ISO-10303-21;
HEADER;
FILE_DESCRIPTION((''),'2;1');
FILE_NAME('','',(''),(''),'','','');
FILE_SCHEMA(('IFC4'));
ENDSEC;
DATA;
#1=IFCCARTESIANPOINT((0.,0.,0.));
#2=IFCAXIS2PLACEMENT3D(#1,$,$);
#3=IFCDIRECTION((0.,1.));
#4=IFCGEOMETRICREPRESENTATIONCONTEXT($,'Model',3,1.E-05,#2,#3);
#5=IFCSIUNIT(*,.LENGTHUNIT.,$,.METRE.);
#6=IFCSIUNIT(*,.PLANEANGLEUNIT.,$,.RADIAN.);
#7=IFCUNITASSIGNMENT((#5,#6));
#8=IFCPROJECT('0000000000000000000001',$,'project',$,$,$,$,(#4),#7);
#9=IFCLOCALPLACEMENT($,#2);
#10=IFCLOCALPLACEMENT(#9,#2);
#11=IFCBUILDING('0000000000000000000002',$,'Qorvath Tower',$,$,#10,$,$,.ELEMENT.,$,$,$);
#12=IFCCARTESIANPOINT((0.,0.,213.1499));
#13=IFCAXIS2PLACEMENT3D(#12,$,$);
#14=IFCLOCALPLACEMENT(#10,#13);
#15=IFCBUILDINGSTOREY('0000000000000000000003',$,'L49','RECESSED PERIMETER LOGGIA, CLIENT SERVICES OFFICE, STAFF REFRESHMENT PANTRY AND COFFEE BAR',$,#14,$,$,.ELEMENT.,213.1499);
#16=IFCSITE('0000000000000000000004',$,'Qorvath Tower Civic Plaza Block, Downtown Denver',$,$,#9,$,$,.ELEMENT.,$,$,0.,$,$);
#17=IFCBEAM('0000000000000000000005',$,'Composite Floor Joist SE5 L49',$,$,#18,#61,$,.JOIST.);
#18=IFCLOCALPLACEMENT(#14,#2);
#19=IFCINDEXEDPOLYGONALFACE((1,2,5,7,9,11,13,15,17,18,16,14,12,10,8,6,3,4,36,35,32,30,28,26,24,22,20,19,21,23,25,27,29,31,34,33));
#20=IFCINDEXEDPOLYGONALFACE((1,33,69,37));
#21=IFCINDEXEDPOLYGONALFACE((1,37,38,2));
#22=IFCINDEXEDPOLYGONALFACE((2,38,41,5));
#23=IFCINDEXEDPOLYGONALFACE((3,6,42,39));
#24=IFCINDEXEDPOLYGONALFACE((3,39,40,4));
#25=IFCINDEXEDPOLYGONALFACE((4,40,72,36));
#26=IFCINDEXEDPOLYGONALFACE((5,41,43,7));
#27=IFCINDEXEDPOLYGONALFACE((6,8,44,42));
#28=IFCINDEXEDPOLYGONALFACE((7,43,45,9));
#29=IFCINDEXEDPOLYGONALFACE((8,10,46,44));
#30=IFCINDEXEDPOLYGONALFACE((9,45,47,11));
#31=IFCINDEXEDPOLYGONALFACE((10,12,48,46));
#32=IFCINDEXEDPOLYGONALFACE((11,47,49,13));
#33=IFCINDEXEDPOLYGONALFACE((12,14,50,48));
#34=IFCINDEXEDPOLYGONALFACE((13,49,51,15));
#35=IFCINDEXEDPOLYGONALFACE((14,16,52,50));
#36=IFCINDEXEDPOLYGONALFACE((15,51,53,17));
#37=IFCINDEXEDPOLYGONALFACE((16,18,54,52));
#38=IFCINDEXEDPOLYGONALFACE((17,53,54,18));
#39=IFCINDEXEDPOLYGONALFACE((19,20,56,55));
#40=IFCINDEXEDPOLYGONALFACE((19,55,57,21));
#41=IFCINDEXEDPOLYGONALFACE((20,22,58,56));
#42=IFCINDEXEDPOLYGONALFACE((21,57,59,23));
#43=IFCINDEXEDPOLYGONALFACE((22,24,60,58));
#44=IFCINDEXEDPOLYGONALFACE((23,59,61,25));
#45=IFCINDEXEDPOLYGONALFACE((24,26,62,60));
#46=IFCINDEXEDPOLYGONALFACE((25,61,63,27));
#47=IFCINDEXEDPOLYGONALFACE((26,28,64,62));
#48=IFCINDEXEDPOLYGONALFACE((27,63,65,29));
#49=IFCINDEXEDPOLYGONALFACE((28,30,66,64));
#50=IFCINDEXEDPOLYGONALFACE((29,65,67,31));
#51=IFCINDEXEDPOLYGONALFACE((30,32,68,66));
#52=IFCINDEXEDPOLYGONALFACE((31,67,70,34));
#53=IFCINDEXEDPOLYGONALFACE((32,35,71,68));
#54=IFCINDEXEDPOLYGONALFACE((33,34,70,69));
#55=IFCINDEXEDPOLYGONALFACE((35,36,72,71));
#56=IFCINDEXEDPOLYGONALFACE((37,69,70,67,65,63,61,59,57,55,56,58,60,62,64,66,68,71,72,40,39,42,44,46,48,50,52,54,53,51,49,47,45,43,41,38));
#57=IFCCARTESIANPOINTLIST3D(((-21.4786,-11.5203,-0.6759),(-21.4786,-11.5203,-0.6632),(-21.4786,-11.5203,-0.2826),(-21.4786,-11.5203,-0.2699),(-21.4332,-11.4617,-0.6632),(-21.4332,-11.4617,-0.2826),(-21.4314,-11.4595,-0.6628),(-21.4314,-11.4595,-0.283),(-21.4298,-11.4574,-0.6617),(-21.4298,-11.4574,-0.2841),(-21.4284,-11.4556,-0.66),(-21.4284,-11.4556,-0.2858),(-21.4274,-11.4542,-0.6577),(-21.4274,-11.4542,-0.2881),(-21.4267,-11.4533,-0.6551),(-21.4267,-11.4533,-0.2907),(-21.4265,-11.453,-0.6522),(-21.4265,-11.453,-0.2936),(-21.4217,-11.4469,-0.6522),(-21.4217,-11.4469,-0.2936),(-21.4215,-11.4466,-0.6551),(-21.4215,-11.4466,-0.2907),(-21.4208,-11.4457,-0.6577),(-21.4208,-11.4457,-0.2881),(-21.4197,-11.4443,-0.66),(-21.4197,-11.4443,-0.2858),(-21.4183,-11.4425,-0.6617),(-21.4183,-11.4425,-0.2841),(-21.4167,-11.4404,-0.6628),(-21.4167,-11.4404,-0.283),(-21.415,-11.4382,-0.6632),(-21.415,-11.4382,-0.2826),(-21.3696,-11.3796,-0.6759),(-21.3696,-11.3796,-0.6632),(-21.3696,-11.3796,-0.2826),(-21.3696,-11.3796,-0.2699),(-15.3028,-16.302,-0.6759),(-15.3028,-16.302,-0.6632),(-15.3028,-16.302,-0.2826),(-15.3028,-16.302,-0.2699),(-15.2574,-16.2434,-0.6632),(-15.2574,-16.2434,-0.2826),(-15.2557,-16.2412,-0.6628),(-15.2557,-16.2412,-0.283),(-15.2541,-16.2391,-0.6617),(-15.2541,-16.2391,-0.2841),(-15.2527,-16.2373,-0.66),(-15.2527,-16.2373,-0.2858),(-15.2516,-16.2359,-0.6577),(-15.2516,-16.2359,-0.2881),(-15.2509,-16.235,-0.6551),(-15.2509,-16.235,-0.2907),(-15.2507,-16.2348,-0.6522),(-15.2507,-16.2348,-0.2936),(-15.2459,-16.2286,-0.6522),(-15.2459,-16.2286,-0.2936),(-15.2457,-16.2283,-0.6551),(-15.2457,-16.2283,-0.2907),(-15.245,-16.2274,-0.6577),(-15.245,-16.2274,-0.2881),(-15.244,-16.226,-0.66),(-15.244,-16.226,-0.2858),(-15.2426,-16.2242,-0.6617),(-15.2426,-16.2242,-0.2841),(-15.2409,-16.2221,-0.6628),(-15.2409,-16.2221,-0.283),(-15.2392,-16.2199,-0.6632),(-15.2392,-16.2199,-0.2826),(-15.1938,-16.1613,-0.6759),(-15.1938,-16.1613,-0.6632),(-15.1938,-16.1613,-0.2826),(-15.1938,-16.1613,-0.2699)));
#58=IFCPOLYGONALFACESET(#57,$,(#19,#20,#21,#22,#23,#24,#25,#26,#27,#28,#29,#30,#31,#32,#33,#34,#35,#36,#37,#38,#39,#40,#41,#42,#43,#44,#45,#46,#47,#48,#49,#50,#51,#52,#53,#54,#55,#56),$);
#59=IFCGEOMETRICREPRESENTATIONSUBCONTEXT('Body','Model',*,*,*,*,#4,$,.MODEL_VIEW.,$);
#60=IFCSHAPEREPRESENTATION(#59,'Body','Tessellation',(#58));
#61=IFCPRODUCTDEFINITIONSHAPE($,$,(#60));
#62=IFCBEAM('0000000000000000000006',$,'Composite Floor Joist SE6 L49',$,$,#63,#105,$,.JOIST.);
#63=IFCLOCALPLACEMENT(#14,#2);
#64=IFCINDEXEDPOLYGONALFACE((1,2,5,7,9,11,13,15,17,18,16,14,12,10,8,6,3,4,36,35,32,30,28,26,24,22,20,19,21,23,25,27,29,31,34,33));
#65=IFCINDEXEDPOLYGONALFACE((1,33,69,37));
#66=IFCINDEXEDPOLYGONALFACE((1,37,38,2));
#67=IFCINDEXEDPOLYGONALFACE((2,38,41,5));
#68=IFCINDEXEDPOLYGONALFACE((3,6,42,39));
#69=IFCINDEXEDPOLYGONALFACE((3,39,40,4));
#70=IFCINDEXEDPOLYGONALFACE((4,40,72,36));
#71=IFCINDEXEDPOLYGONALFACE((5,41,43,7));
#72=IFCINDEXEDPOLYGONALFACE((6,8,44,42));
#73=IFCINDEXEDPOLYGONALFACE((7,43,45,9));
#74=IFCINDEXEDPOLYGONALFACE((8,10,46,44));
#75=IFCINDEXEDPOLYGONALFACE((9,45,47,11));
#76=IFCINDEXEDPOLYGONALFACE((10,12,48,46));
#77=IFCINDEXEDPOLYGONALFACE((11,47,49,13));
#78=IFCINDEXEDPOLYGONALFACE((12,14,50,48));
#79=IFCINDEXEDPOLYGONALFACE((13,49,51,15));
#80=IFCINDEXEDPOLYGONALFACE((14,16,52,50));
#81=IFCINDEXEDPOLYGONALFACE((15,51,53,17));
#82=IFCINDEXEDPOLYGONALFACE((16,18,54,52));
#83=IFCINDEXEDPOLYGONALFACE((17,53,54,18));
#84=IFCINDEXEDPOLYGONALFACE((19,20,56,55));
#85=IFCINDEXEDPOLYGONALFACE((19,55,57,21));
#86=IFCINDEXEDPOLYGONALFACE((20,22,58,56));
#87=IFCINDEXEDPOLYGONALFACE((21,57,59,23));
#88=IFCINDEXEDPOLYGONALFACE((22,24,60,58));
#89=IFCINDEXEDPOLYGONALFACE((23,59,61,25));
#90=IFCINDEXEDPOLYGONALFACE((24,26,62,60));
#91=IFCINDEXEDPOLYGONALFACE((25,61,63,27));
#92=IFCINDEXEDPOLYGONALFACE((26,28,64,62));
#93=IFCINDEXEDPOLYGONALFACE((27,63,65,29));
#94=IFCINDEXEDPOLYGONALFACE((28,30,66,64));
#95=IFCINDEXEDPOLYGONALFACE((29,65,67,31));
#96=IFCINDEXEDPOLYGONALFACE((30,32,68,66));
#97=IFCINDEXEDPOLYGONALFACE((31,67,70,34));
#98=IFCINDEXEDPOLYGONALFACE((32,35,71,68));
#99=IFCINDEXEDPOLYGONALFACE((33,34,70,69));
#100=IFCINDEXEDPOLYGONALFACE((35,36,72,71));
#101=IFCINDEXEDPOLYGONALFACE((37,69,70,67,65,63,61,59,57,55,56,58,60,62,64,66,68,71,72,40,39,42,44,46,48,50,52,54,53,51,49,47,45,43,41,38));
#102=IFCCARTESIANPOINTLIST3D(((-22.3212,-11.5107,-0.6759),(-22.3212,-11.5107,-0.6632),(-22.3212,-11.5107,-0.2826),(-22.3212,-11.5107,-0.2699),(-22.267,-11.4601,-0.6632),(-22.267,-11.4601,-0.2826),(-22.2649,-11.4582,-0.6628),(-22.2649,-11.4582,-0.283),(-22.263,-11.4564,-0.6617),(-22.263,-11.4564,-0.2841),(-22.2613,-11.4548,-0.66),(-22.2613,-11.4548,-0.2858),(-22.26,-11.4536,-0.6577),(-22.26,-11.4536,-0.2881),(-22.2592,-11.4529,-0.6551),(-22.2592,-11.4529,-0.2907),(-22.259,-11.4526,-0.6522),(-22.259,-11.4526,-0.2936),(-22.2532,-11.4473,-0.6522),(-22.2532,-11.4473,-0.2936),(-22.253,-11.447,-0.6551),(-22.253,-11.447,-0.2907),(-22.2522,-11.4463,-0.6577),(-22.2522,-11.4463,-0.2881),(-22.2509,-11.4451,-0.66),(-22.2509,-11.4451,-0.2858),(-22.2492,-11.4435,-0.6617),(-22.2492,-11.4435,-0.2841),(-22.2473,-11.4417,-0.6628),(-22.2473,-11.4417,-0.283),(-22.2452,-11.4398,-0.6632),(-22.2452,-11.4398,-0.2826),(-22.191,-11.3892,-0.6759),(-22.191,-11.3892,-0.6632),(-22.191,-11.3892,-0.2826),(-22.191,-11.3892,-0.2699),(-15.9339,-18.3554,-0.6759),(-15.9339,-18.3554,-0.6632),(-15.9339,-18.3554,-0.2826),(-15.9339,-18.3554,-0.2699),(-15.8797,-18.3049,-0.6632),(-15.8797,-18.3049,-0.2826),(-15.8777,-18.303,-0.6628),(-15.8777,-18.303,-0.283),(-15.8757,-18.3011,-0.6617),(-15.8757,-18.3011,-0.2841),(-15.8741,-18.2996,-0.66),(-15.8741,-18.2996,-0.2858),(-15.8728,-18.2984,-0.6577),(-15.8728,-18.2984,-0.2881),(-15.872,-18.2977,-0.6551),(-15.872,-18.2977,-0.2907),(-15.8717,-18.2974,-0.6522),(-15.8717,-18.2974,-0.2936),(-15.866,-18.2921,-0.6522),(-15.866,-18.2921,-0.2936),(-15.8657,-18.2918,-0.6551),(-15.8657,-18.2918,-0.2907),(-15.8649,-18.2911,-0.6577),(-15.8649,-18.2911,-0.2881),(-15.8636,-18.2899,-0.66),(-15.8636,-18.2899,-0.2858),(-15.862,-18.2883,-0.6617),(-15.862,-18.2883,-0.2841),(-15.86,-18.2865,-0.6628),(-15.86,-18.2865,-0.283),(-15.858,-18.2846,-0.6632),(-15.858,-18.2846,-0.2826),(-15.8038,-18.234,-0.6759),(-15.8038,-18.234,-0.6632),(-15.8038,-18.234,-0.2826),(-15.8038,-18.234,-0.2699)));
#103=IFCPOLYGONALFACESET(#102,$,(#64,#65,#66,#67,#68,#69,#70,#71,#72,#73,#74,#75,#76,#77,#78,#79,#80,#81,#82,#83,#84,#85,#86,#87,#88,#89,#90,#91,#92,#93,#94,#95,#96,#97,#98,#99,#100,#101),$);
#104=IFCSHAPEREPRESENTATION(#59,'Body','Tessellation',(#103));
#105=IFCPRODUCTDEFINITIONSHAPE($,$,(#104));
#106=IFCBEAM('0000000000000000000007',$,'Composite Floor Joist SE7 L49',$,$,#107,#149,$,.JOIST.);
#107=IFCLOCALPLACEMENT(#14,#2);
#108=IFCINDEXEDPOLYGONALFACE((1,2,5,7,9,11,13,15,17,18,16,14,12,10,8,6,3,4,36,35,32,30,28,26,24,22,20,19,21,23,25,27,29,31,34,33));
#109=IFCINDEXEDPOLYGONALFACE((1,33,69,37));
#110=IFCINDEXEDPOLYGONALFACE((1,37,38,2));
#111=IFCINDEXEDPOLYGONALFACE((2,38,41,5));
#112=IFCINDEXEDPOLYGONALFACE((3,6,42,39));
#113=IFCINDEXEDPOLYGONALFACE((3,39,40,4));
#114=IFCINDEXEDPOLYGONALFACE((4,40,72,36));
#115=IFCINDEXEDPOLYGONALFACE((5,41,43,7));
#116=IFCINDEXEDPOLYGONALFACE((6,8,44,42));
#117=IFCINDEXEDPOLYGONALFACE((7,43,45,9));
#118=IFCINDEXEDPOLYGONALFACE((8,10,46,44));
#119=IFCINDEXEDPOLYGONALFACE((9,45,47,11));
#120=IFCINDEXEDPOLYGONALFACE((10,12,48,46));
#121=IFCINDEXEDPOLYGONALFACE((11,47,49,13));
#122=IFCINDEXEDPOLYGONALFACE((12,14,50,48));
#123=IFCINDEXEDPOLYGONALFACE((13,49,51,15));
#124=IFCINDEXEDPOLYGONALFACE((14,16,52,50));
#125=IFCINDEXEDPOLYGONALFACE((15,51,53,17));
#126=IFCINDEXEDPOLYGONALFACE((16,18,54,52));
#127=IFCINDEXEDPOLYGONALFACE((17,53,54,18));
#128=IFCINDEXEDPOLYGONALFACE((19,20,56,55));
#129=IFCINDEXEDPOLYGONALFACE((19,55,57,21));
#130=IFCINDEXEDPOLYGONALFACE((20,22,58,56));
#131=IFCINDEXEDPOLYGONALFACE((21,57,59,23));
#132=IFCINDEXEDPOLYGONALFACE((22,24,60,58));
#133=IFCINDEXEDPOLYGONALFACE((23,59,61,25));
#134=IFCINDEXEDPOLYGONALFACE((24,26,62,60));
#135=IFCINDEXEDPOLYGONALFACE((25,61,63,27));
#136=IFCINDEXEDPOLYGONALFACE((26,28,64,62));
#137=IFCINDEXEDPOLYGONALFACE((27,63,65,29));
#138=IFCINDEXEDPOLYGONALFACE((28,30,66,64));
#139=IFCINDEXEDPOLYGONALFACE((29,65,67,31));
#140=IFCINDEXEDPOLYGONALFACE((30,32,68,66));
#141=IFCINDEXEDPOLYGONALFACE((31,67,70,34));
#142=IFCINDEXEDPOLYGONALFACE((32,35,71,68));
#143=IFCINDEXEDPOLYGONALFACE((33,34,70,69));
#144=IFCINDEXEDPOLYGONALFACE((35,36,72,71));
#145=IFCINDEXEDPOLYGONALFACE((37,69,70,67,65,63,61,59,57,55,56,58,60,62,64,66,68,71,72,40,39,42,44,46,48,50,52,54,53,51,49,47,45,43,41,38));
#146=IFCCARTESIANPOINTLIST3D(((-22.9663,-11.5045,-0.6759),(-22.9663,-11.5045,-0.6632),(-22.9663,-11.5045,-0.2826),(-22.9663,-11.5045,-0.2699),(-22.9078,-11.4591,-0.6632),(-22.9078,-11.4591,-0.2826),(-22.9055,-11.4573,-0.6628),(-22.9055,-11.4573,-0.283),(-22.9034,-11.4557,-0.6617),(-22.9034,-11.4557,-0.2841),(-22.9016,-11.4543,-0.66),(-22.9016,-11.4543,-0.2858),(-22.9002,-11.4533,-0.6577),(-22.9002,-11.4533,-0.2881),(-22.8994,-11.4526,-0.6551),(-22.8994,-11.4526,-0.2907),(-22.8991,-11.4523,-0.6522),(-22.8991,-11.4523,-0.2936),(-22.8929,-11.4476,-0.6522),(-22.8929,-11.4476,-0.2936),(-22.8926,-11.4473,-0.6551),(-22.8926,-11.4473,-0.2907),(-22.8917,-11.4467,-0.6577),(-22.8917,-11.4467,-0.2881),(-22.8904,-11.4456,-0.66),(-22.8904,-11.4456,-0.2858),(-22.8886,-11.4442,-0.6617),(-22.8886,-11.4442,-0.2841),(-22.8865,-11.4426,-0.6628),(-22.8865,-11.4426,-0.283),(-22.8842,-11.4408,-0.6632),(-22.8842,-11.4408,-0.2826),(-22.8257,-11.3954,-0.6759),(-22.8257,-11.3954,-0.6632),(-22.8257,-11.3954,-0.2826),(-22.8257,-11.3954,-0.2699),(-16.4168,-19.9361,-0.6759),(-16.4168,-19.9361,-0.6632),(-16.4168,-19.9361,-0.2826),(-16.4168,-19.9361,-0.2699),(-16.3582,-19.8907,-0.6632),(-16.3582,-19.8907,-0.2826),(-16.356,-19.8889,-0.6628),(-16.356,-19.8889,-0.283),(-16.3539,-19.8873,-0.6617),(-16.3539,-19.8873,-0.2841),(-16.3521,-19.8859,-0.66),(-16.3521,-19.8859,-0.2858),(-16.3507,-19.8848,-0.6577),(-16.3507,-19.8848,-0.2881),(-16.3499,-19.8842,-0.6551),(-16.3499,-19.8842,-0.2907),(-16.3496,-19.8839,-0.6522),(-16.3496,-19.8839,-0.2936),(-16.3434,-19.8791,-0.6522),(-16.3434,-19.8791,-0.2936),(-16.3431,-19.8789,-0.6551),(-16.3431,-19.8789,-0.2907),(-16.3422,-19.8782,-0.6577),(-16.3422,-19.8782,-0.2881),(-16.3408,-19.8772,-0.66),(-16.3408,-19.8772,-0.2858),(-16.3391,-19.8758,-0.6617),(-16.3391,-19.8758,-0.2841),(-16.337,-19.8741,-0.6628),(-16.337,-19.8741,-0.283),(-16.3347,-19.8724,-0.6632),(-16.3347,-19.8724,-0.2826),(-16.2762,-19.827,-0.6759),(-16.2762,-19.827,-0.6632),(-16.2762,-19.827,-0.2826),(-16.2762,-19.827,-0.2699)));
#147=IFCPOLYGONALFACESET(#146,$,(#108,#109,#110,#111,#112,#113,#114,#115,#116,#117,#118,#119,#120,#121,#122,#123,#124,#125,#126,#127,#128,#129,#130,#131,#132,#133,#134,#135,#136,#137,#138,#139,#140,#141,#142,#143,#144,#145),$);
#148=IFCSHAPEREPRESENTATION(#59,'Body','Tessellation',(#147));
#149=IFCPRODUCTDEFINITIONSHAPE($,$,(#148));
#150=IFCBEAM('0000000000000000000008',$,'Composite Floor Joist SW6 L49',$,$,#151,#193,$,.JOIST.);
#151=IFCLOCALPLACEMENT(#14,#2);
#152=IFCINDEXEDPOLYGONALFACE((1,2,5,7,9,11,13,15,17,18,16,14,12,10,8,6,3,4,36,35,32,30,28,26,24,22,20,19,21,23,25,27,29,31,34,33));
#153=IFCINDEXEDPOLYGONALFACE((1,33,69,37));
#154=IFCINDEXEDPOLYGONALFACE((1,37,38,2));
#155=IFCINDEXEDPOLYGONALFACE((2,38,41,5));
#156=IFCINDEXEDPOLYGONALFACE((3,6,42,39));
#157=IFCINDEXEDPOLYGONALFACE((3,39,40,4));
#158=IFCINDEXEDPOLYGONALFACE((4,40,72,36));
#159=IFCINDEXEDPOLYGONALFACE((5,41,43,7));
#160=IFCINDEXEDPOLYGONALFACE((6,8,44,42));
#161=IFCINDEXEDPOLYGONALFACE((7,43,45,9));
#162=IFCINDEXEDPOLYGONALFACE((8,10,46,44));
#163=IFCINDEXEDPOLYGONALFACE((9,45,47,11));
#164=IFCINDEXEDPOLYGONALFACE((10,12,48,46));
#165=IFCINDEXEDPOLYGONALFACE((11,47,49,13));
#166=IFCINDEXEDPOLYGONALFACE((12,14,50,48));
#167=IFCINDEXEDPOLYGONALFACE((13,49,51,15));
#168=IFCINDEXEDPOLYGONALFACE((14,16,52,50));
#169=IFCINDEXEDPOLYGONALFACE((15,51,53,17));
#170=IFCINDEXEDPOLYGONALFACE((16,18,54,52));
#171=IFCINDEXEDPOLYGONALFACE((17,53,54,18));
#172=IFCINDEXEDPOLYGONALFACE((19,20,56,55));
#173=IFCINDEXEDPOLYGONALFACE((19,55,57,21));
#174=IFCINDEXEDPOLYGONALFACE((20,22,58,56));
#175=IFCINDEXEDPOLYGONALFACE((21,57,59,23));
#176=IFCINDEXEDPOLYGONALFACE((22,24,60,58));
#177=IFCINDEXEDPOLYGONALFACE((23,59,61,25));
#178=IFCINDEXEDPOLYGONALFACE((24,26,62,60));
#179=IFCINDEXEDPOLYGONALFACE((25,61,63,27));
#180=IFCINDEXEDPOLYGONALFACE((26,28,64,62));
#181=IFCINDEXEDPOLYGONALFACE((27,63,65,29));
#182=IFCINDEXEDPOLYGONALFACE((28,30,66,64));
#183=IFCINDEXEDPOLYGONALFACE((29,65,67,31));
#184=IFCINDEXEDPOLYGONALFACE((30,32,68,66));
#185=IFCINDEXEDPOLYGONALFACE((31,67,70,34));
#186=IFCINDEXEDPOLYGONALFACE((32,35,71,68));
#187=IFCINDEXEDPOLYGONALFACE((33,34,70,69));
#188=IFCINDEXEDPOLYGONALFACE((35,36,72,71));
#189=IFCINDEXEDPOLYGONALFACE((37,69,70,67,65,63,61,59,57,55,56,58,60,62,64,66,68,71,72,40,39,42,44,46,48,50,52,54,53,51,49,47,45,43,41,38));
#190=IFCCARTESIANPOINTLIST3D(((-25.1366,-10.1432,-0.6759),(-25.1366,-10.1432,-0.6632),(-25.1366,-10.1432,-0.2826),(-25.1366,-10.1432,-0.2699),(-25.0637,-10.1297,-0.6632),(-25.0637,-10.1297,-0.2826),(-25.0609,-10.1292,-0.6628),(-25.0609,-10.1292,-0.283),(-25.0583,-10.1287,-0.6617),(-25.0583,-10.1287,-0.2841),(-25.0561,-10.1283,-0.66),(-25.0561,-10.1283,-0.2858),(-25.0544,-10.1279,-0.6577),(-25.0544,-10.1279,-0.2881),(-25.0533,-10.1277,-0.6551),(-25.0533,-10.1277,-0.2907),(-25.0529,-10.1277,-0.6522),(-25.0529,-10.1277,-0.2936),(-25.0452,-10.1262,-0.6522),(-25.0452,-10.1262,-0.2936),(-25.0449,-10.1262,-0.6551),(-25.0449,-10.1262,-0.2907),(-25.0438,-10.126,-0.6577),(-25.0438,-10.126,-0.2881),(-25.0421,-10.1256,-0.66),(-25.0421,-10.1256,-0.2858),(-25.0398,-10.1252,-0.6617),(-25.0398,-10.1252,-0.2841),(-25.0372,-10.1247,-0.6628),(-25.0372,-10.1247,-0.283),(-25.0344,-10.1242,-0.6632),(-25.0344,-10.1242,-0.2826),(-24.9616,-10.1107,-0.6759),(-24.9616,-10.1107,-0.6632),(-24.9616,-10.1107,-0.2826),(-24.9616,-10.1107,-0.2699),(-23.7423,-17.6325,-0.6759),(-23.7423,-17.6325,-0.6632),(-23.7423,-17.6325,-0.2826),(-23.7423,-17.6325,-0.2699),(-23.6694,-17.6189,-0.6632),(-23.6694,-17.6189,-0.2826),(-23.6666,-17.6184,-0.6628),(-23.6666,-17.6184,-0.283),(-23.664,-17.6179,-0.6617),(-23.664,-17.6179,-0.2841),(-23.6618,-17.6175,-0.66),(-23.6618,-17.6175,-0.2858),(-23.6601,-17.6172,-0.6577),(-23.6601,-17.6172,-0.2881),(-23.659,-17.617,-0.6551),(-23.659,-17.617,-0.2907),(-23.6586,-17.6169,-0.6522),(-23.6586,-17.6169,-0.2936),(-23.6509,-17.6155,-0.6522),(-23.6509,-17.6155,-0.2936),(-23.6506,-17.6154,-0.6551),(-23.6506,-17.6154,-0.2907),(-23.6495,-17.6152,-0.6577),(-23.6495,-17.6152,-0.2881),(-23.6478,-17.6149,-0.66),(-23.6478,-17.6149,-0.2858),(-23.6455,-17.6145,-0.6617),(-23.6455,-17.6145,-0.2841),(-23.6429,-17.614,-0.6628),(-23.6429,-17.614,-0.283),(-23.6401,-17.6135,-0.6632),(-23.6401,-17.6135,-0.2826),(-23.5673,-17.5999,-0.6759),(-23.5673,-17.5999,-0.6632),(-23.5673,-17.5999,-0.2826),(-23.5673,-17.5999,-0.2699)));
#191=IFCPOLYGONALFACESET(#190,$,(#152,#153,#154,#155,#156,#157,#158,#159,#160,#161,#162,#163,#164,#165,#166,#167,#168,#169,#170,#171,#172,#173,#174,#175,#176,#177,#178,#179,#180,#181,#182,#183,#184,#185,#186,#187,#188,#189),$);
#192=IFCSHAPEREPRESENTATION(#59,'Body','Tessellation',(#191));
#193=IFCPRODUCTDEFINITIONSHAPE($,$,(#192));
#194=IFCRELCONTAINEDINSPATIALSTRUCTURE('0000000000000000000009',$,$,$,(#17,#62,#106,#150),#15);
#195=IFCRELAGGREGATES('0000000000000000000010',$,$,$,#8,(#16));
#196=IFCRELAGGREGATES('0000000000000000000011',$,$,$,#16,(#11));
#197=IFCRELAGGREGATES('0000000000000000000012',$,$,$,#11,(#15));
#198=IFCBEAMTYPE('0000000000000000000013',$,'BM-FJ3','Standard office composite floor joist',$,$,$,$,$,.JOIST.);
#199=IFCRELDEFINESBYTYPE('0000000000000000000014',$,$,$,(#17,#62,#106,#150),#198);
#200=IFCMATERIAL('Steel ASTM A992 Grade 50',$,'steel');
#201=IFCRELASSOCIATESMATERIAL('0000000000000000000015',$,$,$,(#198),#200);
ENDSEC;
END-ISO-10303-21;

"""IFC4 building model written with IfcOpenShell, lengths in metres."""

from ifc_helpers import new_model, si_unit, direction, frame, origin, origin_2d, place, context, subcontext, project, spatial, i_section, extrude, material, material_profile, profile_set, type_object, element, save


model = new_model("IFC4")

# Units and contexts
model_context = context("Model", 3, precision=1e-05, world=origin(), true_north=direction((0.0, 1.0)))
body_context = subcontext(model_context, "Body", "Model", "MODEL_VIEW")
ifc_project = project(units=[si_unit("LENGTHUNIT", "METRE"), si_unit("PLANEANGLEUNIT", "RADIAN")], contexts=[model_context])

# Site, building, storey
site_placement = place(None, origin())
site = spatial("IfcSite", under=ifc_project, at=site_placement, Name="Qorvath Tower Civic Plaza Block, Downtown Denver", CompositionType="ELEMENT", RefElevation=0.0)
building_placement = place(site_placement, origin())
building = spatial("IfcBuilding", under=site, at=building_placement, Name="Qorvath Tower", CompositionType="ELEMENT")
storey_placement = place(building_placement, frame((0.0, 0.0, 213.1499)))
storey = spatial("IfcBuildingStorey", under=building, at=storey_placement, Name="L49", Description="RECESSED PERIMETER LOGGIA, CLIENT SERVICES OFFICE, STAFF REFRESHMENT PANTRY AND COFFEE BAR", CompositionType="ELEMENT", Elevation=213.1499)

# Beams
ifc_material_1 = material(Name="Steel ASTM A992 Grade 50", Category="steel")
ifc_material_profile_1 = material_profile(ifc_material_1, i_section(OverallWidth=0.178, OverallDepth=0.406, WebThickness=0.0078, FlangeThickness=0.0127, FilletRadius=0.011, at=origin_2d()), Name="W16x40")
ifc_profile_set_1 = profile_set([ifc_material_profile_1], Name="Steel ASTM A992 Grade 50")
beam_type_1 = type_object("IfcBeamType", Name="BM-FJ3", Description="Standard office composite floor joist", PredefinedType="JOIST", material=ifc_profile_set_1)
beam_1_placement = place(storey_placement, frame((-21.4241, -11.45, -0.4729), z_axis=(0.790693, -0.612212, 0.0), x_axis=(0.612212, 0.790693, 0.0)))
element("IfcBeam", 1, at=beam_1_placement, inside=storey, type_object=beam_type_1, Name="Composite Floor Joist SE5 L49", PredefinedType="JOIST", context=body_context, shape_type="SweptSolid", body=[
    extrude(i_section(OverallWidth=0.178, OverallDepth=0.406, WebThickness=0.0078, FlangeThickness=0.0127, FilletRadius=0.011, at=origin_2d()), origin(), (0.0, 0.0, 1.0), 7.8105),
])
beam_2_placement = place(storey_placement, frame((-22.2561, -11.45, -0.4729), z_axis=(0.682249, -0.731119, 0.0), x_axis=(0.731119, 0.682249, 0.0)))
element("IfcBeam", 2, at=beam_2_placement, inside=storey, type_object=beam_type_1, Name="Composite Floor Joist SE6 L49", PredefinedType="JOIST", context=body_context, shape_type="SweptSolid", body=[
    extrude(i_section(OverallWidth=0.178, OverallDepth=0.406, WebThickness=0.0078, FlangeThickness=0.0127, FilletRadius=0.011, at=origin_2d()), origin(), (0.0, 0.0, 1.0), 9.3621),
])
beam_3_placement = place(storey_placement, frame((-22.896, -11.45, -0.4729), z_axis=(0.613451, -0.789733, 0.0), x_axis=(0.789733, 0.613451, 0.0)))
element("IfcBeam", 3, at=beam_3_placement, inside=storey, type_object=beam_type_1, Name="Composite Floor Joist SE7 L49", PredefinedType="JOIST", context=body_context, shape_type="SweptSolid", body=[
    extrude(i_section(OverallWidth=0.178, OverallDepth=0.406, WebThickness=0.0078, FlangeThickness=0.0127, FilletRadius=0.011, at=origin_2d()), origin(), (0.0, 0.0, 1.0), 10.6765),
])
beam_4_placement = place(storey_placement, frame((-25.0491, -10.127, -0.4729), z_axis=(0.183027, -0.983108, 0.0), x_axis=(0.983108, 0.183027, 0.0)))
element("IfcBeam", 4, at=beam_4_placement, inside=storey, type_object=beam_type_1, Name="Composite Floor Joist SW6 L49", PredefinedType="JOIST", context=body_context, shape_type="SweptSolid", body=[
    extrude(i_section(OverallWidth=0.178, OverallDepth=0.406, WebThickness=0.0078, FlangeThickness=0.0127, FilletRadius=0.011, at=origin_2d()), origin(), (0.0, 0.0, 1.0), 7.6179),
])

save(model, "model.ifc")
